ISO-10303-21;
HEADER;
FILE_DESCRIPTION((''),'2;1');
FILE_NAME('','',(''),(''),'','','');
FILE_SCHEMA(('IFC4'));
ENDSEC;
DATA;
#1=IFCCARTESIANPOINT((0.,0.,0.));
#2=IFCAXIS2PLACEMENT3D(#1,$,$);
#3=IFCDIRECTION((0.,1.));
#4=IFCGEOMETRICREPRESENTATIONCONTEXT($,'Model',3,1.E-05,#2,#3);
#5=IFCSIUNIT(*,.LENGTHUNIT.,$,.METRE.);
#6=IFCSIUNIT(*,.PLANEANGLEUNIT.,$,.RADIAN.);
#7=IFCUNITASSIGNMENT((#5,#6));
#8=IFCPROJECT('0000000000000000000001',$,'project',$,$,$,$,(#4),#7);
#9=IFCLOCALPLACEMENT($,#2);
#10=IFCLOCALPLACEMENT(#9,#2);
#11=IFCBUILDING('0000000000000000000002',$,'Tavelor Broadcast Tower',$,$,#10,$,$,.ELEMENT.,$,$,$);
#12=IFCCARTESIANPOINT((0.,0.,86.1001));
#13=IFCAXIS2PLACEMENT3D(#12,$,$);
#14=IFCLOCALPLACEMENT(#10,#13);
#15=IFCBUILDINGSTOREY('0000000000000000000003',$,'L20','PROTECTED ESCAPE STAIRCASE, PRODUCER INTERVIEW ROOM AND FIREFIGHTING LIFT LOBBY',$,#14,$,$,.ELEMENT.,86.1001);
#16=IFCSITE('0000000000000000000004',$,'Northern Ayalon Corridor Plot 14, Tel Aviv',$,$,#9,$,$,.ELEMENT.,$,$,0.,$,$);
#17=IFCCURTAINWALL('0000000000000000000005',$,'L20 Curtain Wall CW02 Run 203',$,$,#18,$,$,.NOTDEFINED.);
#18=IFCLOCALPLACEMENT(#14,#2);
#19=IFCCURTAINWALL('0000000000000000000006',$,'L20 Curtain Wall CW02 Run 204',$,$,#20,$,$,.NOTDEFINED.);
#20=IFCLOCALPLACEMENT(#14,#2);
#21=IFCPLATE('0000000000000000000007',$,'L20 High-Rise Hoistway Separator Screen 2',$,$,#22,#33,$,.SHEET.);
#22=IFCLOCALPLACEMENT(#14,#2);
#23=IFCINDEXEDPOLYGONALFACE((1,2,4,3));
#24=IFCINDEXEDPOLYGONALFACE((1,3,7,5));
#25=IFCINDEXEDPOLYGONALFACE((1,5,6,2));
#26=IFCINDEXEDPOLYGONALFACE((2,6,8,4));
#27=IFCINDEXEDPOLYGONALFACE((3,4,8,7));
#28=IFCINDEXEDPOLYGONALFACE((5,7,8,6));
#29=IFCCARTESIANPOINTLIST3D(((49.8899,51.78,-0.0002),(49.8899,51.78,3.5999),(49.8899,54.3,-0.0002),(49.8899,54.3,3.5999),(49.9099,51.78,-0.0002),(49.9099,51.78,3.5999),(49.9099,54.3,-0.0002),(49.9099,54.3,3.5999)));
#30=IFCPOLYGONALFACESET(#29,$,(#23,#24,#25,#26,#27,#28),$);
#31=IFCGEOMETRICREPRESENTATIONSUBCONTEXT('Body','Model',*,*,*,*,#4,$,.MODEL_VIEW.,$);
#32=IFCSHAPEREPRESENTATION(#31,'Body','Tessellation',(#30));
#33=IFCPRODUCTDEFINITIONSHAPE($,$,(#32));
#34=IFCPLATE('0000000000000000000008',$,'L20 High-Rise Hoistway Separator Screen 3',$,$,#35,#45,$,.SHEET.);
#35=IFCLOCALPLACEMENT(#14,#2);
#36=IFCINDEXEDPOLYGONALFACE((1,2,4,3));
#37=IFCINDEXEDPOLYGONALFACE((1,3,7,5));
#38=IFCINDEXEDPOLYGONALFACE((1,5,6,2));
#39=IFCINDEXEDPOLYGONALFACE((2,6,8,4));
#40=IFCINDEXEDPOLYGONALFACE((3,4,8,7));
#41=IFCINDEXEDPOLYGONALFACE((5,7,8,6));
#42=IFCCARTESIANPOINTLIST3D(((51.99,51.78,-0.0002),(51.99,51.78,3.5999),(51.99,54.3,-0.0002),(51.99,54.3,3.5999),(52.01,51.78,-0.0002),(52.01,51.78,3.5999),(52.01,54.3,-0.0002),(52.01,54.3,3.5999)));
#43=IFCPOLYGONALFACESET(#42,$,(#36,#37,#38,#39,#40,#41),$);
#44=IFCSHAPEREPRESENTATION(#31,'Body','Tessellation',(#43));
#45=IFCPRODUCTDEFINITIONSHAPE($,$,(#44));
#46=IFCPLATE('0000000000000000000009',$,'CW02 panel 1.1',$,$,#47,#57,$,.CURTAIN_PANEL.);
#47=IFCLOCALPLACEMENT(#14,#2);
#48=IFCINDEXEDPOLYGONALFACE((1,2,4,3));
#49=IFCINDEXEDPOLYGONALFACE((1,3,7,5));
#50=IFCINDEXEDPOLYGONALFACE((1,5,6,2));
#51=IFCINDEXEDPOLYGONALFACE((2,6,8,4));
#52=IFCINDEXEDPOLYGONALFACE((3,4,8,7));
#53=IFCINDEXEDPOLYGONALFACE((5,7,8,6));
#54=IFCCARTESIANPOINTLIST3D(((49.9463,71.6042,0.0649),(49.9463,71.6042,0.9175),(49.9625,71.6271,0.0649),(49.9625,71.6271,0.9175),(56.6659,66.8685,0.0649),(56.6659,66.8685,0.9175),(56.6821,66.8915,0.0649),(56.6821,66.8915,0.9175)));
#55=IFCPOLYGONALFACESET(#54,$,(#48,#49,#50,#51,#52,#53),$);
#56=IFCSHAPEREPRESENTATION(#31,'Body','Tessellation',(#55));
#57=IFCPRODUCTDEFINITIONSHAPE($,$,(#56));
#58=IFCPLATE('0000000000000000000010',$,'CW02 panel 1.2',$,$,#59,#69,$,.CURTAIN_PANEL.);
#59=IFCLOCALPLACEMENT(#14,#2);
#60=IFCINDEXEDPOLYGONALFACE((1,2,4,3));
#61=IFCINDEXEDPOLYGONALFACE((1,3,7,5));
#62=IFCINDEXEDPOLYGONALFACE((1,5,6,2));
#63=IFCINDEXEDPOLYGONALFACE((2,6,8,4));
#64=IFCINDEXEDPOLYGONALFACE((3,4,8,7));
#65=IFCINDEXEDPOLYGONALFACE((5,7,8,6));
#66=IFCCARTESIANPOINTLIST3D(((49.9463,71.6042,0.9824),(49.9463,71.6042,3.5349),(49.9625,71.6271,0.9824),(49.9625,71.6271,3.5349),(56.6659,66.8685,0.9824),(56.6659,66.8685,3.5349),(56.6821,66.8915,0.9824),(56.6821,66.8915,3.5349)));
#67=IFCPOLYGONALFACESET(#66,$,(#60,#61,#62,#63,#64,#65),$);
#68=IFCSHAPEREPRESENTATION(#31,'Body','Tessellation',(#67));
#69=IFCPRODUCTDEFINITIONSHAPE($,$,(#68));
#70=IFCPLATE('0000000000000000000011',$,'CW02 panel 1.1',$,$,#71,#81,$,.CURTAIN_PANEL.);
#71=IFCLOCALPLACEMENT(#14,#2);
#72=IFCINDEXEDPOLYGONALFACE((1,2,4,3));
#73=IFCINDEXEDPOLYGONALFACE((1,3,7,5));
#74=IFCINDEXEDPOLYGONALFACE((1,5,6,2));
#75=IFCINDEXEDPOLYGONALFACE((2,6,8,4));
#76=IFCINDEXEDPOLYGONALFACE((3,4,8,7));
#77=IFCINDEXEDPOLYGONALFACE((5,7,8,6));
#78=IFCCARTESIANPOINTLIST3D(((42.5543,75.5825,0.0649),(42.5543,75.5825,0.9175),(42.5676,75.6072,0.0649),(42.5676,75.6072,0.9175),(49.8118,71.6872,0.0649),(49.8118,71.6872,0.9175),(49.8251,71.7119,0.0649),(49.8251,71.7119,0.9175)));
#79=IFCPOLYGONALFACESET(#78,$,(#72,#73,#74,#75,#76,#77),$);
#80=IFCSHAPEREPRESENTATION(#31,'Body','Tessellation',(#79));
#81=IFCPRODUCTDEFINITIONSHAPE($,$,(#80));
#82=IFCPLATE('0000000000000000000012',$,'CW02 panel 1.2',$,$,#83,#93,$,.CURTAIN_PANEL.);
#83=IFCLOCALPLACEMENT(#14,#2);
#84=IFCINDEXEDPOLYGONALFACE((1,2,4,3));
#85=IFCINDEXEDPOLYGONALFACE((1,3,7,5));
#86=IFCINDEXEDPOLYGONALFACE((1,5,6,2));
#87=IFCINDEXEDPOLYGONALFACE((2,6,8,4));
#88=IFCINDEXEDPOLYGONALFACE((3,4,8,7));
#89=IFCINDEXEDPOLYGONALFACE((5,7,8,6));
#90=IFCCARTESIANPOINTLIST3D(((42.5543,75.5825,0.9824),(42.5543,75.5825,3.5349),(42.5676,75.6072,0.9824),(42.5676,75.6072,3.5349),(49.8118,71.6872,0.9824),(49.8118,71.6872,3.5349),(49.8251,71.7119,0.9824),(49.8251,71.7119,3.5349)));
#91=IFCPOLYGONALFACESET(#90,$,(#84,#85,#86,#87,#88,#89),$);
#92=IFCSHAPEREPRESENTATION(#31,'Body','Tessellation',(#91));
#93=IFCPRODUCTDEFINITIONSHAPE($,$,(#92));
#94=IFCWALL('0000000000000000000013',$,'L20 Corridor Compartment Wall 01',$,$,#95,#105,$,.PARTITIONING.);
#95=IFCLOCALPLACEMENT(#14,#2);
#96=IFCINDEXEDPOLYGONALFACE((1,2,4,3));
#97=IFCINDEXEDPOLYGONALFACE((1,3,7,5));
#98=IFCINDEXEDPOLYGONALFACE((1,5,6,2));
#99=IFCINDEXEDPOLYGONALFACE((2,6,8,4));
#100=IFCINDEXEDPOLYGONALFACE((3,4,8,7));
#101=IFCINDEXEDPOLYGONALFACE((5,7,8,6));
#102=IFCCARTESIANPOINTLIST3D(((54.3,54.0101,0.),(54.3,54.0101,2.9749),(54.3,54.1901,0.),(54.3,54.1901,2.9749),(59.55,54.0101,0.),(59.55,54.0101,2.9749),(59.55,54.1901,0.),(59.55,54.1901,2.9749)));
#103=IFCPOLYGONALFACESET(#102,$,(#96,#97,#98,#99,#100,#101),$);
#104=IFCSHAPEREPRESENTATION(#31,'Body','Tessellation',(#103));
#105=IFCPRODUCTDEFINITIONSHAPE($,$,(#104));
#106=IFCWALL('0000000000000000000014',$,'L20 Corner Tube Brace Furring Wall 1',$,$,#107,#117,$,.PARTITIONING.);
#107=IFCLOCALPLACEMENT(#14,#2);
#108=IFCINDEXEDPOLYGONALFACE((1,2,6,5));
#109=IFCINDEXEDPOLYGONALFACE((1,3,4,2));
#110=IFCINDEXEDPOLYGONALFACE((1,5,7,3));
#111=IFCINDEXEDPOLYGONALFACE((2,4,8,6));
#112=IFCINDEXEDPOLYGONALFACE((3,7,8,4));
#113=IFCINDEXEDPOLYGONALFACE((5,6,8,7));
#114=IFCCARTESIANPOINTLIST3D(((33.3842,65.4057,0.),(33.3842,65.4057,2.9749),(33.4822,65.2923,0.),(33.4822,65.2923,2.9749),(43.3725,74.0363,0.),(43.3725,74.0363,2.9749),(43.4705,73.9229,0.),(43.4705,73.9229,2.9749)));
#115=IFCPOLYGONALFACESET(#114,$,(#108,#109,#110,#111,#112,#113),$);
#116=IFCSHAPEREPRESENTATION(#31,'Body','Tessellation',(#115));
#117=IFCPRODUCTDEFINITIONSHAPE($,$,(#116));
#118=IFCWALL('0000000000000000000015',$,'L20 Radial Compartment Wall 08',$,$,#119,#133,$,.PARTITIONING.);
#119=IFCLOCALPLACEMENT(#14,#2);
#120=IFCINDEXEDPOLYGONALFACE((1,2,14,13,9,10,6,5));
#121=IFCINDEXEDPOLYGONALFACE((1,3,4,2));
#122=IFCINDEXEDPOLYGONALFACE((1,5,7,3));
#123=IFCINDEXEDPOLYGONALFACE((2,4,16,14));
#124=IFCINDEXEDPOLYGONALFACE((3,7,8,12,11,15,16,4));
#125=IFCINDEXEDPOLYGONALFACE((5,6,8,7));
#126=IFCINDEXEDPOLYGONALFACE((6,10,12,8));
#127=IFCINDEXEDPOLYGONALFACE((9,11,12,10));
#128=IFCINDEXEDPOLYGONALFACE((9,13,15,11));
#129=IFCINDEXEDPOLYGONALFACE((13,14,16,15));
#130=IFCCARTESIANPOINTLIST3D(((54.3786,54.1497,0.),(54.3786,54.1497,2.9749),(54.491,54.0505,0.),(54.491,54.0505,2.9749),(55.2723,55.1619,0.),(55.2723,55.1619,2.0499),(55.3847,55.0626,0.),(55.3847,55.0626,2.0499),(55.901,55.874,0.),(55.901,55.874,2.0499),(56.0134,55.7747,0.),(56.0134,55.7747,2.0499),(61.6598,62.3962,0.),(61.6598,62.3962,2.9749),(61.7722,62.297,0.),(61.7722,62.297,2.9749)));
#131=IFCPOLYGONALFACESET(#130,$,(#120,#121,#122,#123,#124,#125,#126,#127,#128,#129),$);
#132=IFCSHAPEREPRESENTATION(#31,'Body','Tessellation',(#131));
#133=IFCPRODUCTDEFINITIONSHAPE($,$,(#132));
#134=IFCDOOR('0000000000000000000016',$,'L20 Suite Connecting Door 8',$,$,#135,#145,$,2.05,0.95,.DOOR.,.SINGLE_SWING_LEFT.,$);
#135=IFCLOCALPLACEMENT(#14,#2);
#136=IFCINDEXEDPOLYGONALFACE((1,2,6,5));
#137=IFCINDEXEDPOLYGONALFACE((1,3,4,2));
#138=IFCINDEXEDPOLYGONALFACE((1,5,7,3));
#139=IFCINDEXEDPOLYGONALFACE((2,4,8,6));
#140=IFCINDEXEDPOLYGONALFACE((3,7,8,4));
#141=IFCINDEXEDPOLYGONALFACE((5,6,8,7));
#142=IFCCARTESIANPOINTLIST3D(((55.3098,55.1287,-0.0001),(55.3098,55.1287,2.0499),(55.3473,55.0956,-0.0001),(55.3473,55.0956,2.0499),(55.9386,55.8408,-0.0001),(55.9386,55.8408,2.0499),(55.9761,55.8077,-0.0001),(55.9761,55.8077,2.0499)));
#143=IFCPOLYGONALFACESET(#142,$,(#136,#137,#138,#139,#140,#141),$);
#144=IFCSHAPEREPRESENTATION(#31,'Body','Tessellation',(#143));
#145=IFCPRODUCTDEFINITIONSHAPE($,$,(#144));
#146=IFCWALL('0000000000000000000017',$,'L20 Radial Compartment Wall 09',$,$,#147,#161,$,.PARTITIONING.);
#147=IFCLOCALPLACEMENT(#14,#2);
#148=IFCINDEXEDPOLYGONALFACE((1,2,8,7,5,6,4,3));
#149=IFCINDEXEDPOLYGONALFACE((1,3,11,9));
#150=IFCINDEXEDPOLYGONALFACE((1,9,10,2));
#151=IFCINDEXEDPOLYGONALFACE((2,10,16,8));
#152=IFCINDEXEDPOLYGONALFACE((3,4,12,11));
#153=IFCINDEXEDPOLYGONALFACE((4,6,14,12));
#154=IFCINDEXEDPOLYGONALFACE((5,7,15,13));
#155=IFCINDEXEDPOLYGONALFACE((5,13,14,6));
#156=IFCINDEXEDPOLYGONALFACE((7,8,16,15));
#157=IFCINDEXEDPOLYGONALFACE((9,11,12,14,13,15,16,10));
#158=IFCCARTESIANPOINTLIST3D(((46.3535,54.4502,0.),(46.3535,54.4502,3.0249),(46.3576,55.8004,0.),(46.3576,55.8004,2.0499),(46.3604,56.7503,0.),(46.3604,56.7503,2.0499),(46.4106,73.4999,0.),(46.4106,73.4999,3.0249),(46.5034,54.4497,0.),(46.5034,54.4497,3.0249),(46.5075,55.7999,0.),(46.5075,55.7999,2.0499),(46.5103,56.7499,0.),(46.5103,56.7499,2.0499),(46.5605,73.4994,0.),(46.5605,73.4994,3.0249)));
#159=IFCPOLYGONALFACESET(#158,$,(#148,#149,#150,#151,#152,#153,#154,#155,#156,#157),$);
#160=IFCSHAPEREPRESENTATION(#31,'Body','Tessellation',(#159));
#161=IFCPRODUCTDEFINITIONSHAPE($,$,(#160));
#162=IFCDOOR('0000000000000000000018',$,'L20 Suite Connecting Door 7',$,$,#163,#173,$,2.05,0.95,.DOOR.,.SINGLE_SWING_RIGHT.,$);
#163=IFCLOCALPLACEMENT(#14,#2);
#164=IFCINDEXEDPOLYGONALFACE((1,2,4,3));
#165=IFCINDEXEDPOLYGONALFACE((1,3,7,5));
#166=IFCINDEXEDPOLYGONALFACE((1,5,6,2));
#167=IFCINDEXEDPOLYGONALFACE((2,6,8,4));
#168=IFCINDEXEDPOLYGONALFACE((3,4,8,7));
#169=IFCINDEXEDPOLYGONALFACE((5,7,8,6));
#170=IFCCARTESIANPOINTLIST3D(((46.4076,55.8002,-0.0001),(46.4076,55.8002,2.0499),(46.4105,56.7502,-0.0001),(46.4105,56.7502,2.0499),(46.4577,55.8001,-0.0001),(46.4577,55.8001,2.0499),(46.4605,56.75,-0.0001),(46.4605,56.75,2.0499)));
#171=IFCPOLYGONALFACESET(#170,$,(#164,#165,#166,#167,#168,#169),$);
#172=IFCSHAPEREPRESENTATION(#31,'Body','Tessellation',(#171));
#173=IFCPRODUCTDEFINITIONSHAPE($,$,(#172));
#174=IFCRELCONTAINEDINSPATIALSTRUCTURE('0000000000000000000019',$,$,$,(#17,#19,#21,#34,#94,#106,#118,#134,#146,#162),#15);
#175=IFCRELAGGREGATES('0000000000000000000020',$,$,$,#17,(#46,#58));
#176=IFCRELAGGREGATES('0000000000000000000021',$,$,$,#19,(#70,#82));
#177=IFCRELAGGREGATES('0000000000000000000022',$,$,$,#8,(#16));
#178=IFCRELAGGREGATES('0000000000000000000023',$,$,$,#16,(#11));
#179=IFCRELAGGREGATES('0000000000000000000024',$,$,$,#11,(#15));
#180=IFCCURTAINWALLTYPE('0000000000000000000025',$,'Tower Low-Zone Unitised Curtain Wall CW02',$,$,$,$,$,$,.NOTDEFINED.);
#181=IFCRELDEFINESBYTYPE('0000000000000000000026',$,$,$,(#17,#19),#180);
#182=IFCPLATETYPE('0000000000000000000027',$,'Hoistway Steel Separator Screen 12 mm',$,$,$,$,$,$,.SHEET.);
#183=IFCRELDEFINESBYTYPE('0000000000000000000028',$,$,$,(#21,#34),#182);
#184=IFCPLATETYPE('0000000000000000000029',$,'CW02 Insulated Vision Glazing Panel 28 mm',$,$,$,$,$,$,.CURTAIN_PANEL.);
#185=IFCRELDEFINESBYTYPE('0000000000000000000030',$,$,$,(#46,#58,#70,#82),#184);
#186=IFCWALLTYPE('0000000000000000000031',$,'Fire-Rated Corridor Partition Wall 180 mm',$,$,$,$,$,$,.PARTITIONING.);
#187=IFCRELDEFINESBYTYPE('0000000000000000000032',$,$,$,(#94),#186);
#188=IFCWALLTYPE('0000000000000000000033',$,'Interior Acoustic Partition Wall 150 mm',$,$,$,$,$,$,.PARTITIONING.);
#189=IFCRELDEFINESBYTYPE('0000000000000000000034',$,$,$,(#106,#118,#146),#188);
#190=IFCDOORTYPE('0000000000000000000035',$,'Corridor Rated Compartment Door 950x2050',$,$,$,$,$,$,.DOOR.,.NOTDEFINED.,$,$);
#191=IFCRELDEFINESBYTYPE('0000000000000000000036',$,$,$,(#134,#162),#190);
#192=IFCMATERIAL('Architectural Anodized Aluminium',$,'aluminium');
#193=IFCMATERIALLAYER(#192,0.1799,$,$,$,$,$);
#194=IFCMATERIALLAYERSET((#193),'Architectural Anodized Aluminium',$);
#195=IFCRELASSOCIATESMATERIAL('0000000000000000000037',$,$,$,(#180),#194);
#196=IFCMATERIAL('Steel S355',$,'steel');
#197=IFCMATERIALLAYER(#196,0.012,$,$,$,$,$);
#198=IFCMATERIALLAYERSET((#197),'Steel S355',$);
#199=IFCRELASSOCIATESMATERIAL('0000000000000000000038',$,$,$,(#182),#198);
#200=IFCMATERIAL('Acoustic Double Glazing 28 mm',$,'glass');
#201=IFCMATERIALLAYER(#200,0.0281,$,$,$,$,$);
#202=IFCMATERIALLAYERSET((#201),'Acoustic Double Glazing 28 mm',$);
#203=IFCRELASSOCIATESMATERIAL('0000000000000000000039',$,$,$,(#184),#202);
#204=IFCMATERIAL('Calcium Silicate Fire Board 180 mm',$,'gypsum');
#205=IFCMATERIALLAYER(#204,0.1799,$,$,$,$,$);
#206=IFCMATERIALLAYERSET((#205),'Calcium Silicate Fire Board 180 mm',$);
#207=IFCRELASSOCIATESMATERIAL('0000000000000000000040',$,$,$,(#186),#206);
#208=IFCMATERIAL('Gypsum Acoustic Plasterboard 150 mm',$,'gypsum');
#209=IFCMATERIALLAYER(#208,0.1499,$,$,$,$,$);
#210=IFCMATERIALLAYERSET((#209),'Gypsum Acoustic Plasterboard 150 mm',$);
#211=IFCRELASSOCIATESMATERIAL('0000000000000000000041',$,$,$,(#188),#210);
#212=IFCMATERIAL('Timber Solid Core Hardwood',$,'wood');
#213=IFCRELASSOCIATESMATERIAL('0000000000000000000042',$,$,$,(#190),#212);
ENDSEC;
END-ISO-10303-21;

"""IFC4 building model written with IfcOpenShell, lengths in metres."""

from ifc_helpers import new_model, si_unit, direction, frame, frame_2d, origin, origin_2d, place, context, subcontext, project, spatial, rectangle, extrude, source, transform, mapped, material, layer, layer_set, type_object, type_shapes, element, fill, aggregate, save


model = new_model("IFC4")

# Units and contexts
model_context = context("Model", 3, precision=1e-05, world=origin(), true_north=direction((0.0, 1.0)))
body_context = subcontext(model_context, "Body", "Model", "MODEL_VIEW")
ifc_project = project(units=[si_unit("LENGTHUNIT", "METRE"), si_unit("PLANEANGLEUNIT", "RADIAN")], contexts=[model_context])

# Site, building, storey
site_placement = place(None, origin())
site = spatial("IfcSite", under=ifc_project, at=site_placement, Name="Northern Ayalon Corridor Plot 14, Tel Aviv", CompositionType="ELEMENT", RefElevation=0.0)
building_placement = place(site_placement, origin())
building = spatial("IfcBuilding", under=site, at=building_placement, Name="Tavelor Broadcast Tower", CompositionType="ELEMENT")
storey_placement = place(building_placement, frame((0.0, 0.0, 86.1001)))
storey = spatial("IfcBuildingStorey", under=building, at=storey_placement, Name="L20", Description="PROTECTED ESCAPE STAIRCASE, PRODUCER INTERVIEW ROOM AND FIREFIGHTING LIFT LOBBY", CompositionType="ELEMENT", Elevation=86.1001)

# Shared definitions
ifc_material_1 = material(Name="Steel S355", Category="steel")

# Curtain wall
ifc_material_2 = material(Name="Architectural Anodized Aluminium", Category="aluminium")
ifc_layer_1 = layer(ifc_material_2, 0.1799)
ifc_layer_set_1 = layer_set([ifc_layer_1], Name="Architectural Anodized Aluminium")
curtain_wall_type = type_object("IfcCurtainWallType", Name="Tower Low-Zone Unitised Curtain Wall CW02", PredefinedType="NOTDEFINED", material=ifc_layer_set_1)
curtain_wall_1_placement = place(storey_placement, origin())
curtain_wall_1 = element("IfcCurtainWall", 1, at=curtain_wall_1_placement, inside=storey, type_object=curtain_wall_type, Name="L20 Curtain Wall CW02 Run 203", PredefinedType="NOTDEFINED")

# Curtain wall
curtain_wall_2_placement = place(storey_placement, origin())
curtain_wall_2 = element("IfcCurtainWall", 2, at=curtain_wall_2_placement, inside=storey, type_object=curtain_wall_type, Name="L20 Curtain Wall CW02 Run 204", PredefinedType="NOTDEFINED")

# Plates
ifc_layer_2 = layer(ifc_material_1, 0.012)
ifc_layer_set_2 = layer_set([ifc_layer_2], Name="Steel S355")
plate_type_1 = type_object("IfcPlateType", Name="Hoistway Steel Separator Screen 12 mm", PredefinedType="SHEET", material=ifc_layer_set_2)
shared_shape_1 = source(origin(), body_context, "Body", "SweptSolid", [
    extrude(rectangle(XDim=0.02, YDim=2.52, at=origin_2d()), origin(), (0.0, 0.0, 1.0), 3.6001),
])
type_shapes(plate_type_1, [shared_shape_1])
for number, where, z_axis, x_axis, name in (
    (3, (49.8999, 53.04, -0.0002), (0.0, 0.0, 1.0), (1.0, 0.0, 0.0), "L20 High-Rise Hoistway Separator Screen 2"),
    (4, (52.0, 53.04, -0.0002), (0.0, 0.0, 1.0), (1.0, 0.0, 0.0), "L20 High-Rise Hoistway Separator Screen 3"),
):
    element("IfcPlate", number, at=place(storey_placement, frame(where, z_axis=z_axis, x_axis=x_axis)), inside=storey, type_object=plate_type_1, Name=name, PredefinedType="SHEET", context=body_context, shape_type="MappedRepresentation", body=[
        mapped(shared_shape_1, transform((0.0, 0.0, 0.0), scale=1.0)),
    ])

# Plates
ifc_material_3 = material(Name="Acoustic Double Glazing 28 mm", Category="glass")
ifc_layer_3 = layer(ifc_material_3, 0.0281)
ifc_layer_set_3 = layer_set([ifc_layer_3], Name="Acoustic Double Glazing 28 mm")
plate_type_2 = type_object("IfcPlateType", Name="CW02 Insulated Vision Glazing Panel 28 mm", PredefinedType="CURTAIN_PANEL", material=ifc_layer_set_3)
shared_shape_2 = source(origin(), body_context, "Body", "SweptSolid", [
    extrude(rectangle(XDim=8.2207, YDim=0.0281, at=origin_2d()), origin(), (0.0, 0.0, 1.0), 0.8525),
])
plate_1_placement = place(storey_placement, frame((53.3142, 69.2478, 0.0649), z_axis=(0.0, 0.0, 1.0), x_axis=(-0.817405, 0.576063, 0.0)))
plate_1 = element("IfcPlate", 5, at=plate_1_placement, type_object=plate_type_2, Name="CW02 panel 1.1", PredefinedType="CURTAIN_PANEL", context=body_context, shape_type="MappedRepresentation", body=[
    mapped(shared_shape_2, transform((0.0, 0.0, 0.0), scale=1.0)),
])
shared_shape_3 = source(origin(), body_context, "Body", "SweptSolid", [
    extrude(rectangle(XDim=8.2207, YDim=0.0281, at=origin_2d()), origin(), (0.0, 0.0, 1.0), 2.5525),
])
plate_2_placement = place(storey_placement, frame((53.3142, 69.2478, 0.9824), z_axis=(0.0, 0.0, 1.0), x_axis=(-0.817405, 0.576063, 0.0)))
plate_2 = element("IfcPlate", 6, at=plate_2_placement, type_object=plate_type_2, Name="CW02 panel 1.2", PredefinedType="CURTAIN_PANEL", context=body_context, shape_type="MappedRepresentation", body=[
    mapped(shared_shape_3, transform((0.0, 0.0, 0.0), scale=1.0)),
])
aggregate(curtain_wall_1, [plate_1, plate_2])
shared_shape_4 = source(origin(), body_context, "Body", "SweptSolid", [
    extrude(rectangle(XDim=8.2368, YDim=0.0281, at=origin_2d()), origin(), (0.0, 0.0, 1.0), 0.8525),
])
plate_3_placement = place(storey_placement, frame((46.1897, 73.6472, 0.0649), z_axis=(0.0, 0.0, 1.0), x_axis=(-0.881109, 0.472914, 0.0)))
plate_3 = element("IfcPlate", 7, at=plate_3_placement, type_object=plate_type_2, Name="CW02 panel 1.1", PredefinedType="CURTAIN_PANEL", context=body_context, shape_type="MappedRepresentation", body=[
    mapped(shared_shape_4, transform((0.0, 0.0, 0.0), scale=1.0)),
])
shared_shape_5 = source(origin(), body_context, "Body", "SweptSolid", [
    extrude(rectangle(XDim=8.2368, YDim=0.0281, at=origin_2d()), origin(), (0.0, 0.0, 1.0), 2.5525),
])
type_shapes(plate_type_2, [shared_shape_2, shared_shape_3, shared_shape_4, shared_shape_5])
plate_4_placement = place(storey_placement, frame((46.1897, 73.6472, 0.9824), z_axis=(0.0, 0.0, 1.0), x_axis=(-0.881109, 0.472914, 0.0)))
plate_4 = element("IfcPlate", 8, at=plate_4_placement, type_object=plate_type_2, Name="CW02 panel 1.2", PredefinedType="CURTAIN_PANEL", context=body_context, shape_type="MappedRepresentation", body=[
    mapped(shared_shape_5, transform((0.0, 0.0, 0.0), scale=1.0)),
])
aggregate(curtain_wall_2, [plate_3, plate_4])

# Walls
ifc_material_4 = material(Name="Calcium Silicate Fire Board 180 mm", Category="gypsum")
ifc_layer_4 = layer(ifc_material_4, 0.1799)
ifc_layer_set_4 = layer_set([ifc_layer_4], Name="Calcium Silicate Fire Board 180 mm")
wall_type_1 = type_object("IfcWallType", Name="Fire-Rated Corridor Partition Wall 180 mm", PredefinedType="PARTITIONING", material=ifc_layer_set_4)
wall_1_placement = place(storey_placement, frame((54.3, 54.1001, 0.0), z_axis=(0.0, 0.0, 1.0), x_axis=(1.0, 0.0, 0.0)))
element("IfcWall", 9, at=wall_1_placement, inside=storey, type_object=wall_type_1, Name="L20 Corridor Compartment Wall 01", PredefinedType="PARTITIONING", context=body_context, shape_type="SweptSolid", body=[
    extrude(rectangle(XDim=5.25, YDim=0.1799, at=frame_2d((2.625, 0.0))), origin(), (0.0, 0.0, 1.0), 2.9749),
])
ifc_material_5 = material(Name="Gypsum Acoustic Plasterboard 150 mm", Category="gypsum")
ifc_layer_5 = layer(ifc_material_5, 0.1499)
ifc_layer_set_5 = layer_set([ifc_layer_5], Name="Gypsum Acoustic Plasterboard 150 mm")
wall_type_2 = type_object("IfcWallType", Name="Interior Acoustic Partition Wall 150 mm", PredefinedType="PARTITIONING", material=ifc_layer_set_5)
wall_2_placement = place(storey_placement, frame((43.4214, 73.9795, 0.0), z_axis=(0.0, 0.0, 1.0), x_axis=(-0.756659, -0.65381, 0.0)))
element("IfcWall", 10, at=wall_2_placement, inside=storey, type_object=wall_type_2, Name="L20 Corner Tube Brace Furring Wall 1", PredefinedType="PARTITIONING", context=body_context, shape_type="SweptSolid", body=[
    extrude(rectangle(XDim=13.2004, YDim=0.1499, at=frame_2d((6.6001, 0.0))), origin(), (0.0, 0.0, 1.0), 2.9749),
])

# Walls, openings, doors
wall_3_placement = place(storey_placement, frame((54.4348, 54.1001, 0.0), z_axis=(0.0, 0.0, 1.0), x_axis=(0.66187, 0.749619, 0.0)))
wall_3 = element("IfcWall", 11, at=wall_3_placement, inside=storey, type_object=wall_type_2, Name="L20 Radial Compartment Wall 08", PredefinedType="PARTITIONING", context=body_context, shape_type="SweptSolid", body=[
    extrude(rectangle(XDim=11.001, YDim=0.1499, at=frame_2d((5.5005, 0.0))), origin(), (0.0, 0.0, 1.0), 2.9749),
])
opening_1_placement = place(wall_3_placement, frame((1.3501, 0.0, 0.0)))
opening_1 = element("IfcOpeningElement", 12, at=opening_1_placement, cuts=wall_3, PredefinedType="OPENING", context=body_context, shape_type="SweptSolid", body=[
    extrude(rectangle(XDim=0.95, YDim=2.05, at=frame_2d((0.4751, 1.0249))), frame((0.0, 0.085, 0.0), z_axis=(0.0, -1.0, 0.0), x_axis=(1.0, 0.0, 0.0)), (0.0, 0.0, 1.0), 0.1699),
])
ifc_material_6 = material(Name="Timber Solid Core Hardwood", Category="wood")
door_type = type_object("IfcDoorType", Name="Corridor Rated Compartment Door 950x2050", OperationType="NOTDEFINED", PredefinedType="DOOR", material=ifc_material_6)
door_1_placement = place(opening_1_placement, origin())
door_1 = element("IfcDoor", 13, at=door_1_placement, inside=storey, type_object=door_type, Name="L20 Suite Connecting Door 8", OperationType="SINGLE_SWING_LEFT", OverallHeight=2.05, OverallWidth=0.95, PredefinedType="DOOR", context=body_context, shape_type="SweptSolid", body=[
    extrude(rectangle(XDim=0.95, YDim=2.05, at=frame_2d((0.4751, 1.0249))), frame((0.0, 0.0249, 0.0), z_axis=(0.0, -1.0, 0.0), x_axis=(1.0, 0.0, 0.0)), (0.0, 0.0, 1.0), 0.05),
])
fill(opening_1, door_1)
wall_4_placement = place(storey_placement, frame((46.4285, 54.45, 0.0), z_axis=(0.0, 0.0, 1.0), x_axis=(0.002999, 0.999996, 0.0)))
wall_4 = element("IfcWall", 14, at=wall_4_placement, inside=storey, type_object=wall_type_2, Name="L20 Radial Compartment Wall 09", PredefinedType="PARTITIONING", context=body_context, shape_type="SweptSolid", body=[
    extrude(rectangle(XDim=19.0498, YDim=0.1499, at=frame_2d((9.5249, 0.0))), origin(), (0.0, 0.0, 1.0), 3.0249),
])
opening_2_placement = place(wall_4_placement, frame((1.3501, 0.0, 0.0)))
opening_2 = element("IfcOpeningElement", 15, at=opening_2_placement, cuts=wall_4, PredefinedType="OPENING", context=body_context, shape_type="SweptSolid", body=[
    extrude(rectangle(XDim=0.95, YDim=2.05, at=frame_2d((0.4751, 1.0249))), frame((0.0, 0.085, 0.0), z_axis=(0.0, -1.0, 0.0), x_axis=(1.0, 0.0, 0.0)), (0.0, 0.0, 1.0), 0.1699),
])
door_2_placement = place(opening_2_placement, origin())
door_2 = element("IfcDoor", 16, at=door_2_placement, inside=storey, type_object=door_type, Name="L20 Suite Connecting Door 7", OperationType="SINGLE_SWING_RIGHT", OverallHeight=2.05, OverallWidth=0.95, PredefinedType="DOOR", context=body_context, shape_type="SweptSolid", body=[
    extrude(rectangle(XDim=0.95, YDim=2.05, at=frame_2d((0.4751, 1.0249))), frame((0.0, 0.0249, 0.0), z_axis=(0.0, -1.0, 0.0), x_axis=(1.0, 0.0, 0.0)), (0.0, 0.0, 1.0), 0.05),
])
fill(opening_2, door_2)

save(model, "model.ifc")
